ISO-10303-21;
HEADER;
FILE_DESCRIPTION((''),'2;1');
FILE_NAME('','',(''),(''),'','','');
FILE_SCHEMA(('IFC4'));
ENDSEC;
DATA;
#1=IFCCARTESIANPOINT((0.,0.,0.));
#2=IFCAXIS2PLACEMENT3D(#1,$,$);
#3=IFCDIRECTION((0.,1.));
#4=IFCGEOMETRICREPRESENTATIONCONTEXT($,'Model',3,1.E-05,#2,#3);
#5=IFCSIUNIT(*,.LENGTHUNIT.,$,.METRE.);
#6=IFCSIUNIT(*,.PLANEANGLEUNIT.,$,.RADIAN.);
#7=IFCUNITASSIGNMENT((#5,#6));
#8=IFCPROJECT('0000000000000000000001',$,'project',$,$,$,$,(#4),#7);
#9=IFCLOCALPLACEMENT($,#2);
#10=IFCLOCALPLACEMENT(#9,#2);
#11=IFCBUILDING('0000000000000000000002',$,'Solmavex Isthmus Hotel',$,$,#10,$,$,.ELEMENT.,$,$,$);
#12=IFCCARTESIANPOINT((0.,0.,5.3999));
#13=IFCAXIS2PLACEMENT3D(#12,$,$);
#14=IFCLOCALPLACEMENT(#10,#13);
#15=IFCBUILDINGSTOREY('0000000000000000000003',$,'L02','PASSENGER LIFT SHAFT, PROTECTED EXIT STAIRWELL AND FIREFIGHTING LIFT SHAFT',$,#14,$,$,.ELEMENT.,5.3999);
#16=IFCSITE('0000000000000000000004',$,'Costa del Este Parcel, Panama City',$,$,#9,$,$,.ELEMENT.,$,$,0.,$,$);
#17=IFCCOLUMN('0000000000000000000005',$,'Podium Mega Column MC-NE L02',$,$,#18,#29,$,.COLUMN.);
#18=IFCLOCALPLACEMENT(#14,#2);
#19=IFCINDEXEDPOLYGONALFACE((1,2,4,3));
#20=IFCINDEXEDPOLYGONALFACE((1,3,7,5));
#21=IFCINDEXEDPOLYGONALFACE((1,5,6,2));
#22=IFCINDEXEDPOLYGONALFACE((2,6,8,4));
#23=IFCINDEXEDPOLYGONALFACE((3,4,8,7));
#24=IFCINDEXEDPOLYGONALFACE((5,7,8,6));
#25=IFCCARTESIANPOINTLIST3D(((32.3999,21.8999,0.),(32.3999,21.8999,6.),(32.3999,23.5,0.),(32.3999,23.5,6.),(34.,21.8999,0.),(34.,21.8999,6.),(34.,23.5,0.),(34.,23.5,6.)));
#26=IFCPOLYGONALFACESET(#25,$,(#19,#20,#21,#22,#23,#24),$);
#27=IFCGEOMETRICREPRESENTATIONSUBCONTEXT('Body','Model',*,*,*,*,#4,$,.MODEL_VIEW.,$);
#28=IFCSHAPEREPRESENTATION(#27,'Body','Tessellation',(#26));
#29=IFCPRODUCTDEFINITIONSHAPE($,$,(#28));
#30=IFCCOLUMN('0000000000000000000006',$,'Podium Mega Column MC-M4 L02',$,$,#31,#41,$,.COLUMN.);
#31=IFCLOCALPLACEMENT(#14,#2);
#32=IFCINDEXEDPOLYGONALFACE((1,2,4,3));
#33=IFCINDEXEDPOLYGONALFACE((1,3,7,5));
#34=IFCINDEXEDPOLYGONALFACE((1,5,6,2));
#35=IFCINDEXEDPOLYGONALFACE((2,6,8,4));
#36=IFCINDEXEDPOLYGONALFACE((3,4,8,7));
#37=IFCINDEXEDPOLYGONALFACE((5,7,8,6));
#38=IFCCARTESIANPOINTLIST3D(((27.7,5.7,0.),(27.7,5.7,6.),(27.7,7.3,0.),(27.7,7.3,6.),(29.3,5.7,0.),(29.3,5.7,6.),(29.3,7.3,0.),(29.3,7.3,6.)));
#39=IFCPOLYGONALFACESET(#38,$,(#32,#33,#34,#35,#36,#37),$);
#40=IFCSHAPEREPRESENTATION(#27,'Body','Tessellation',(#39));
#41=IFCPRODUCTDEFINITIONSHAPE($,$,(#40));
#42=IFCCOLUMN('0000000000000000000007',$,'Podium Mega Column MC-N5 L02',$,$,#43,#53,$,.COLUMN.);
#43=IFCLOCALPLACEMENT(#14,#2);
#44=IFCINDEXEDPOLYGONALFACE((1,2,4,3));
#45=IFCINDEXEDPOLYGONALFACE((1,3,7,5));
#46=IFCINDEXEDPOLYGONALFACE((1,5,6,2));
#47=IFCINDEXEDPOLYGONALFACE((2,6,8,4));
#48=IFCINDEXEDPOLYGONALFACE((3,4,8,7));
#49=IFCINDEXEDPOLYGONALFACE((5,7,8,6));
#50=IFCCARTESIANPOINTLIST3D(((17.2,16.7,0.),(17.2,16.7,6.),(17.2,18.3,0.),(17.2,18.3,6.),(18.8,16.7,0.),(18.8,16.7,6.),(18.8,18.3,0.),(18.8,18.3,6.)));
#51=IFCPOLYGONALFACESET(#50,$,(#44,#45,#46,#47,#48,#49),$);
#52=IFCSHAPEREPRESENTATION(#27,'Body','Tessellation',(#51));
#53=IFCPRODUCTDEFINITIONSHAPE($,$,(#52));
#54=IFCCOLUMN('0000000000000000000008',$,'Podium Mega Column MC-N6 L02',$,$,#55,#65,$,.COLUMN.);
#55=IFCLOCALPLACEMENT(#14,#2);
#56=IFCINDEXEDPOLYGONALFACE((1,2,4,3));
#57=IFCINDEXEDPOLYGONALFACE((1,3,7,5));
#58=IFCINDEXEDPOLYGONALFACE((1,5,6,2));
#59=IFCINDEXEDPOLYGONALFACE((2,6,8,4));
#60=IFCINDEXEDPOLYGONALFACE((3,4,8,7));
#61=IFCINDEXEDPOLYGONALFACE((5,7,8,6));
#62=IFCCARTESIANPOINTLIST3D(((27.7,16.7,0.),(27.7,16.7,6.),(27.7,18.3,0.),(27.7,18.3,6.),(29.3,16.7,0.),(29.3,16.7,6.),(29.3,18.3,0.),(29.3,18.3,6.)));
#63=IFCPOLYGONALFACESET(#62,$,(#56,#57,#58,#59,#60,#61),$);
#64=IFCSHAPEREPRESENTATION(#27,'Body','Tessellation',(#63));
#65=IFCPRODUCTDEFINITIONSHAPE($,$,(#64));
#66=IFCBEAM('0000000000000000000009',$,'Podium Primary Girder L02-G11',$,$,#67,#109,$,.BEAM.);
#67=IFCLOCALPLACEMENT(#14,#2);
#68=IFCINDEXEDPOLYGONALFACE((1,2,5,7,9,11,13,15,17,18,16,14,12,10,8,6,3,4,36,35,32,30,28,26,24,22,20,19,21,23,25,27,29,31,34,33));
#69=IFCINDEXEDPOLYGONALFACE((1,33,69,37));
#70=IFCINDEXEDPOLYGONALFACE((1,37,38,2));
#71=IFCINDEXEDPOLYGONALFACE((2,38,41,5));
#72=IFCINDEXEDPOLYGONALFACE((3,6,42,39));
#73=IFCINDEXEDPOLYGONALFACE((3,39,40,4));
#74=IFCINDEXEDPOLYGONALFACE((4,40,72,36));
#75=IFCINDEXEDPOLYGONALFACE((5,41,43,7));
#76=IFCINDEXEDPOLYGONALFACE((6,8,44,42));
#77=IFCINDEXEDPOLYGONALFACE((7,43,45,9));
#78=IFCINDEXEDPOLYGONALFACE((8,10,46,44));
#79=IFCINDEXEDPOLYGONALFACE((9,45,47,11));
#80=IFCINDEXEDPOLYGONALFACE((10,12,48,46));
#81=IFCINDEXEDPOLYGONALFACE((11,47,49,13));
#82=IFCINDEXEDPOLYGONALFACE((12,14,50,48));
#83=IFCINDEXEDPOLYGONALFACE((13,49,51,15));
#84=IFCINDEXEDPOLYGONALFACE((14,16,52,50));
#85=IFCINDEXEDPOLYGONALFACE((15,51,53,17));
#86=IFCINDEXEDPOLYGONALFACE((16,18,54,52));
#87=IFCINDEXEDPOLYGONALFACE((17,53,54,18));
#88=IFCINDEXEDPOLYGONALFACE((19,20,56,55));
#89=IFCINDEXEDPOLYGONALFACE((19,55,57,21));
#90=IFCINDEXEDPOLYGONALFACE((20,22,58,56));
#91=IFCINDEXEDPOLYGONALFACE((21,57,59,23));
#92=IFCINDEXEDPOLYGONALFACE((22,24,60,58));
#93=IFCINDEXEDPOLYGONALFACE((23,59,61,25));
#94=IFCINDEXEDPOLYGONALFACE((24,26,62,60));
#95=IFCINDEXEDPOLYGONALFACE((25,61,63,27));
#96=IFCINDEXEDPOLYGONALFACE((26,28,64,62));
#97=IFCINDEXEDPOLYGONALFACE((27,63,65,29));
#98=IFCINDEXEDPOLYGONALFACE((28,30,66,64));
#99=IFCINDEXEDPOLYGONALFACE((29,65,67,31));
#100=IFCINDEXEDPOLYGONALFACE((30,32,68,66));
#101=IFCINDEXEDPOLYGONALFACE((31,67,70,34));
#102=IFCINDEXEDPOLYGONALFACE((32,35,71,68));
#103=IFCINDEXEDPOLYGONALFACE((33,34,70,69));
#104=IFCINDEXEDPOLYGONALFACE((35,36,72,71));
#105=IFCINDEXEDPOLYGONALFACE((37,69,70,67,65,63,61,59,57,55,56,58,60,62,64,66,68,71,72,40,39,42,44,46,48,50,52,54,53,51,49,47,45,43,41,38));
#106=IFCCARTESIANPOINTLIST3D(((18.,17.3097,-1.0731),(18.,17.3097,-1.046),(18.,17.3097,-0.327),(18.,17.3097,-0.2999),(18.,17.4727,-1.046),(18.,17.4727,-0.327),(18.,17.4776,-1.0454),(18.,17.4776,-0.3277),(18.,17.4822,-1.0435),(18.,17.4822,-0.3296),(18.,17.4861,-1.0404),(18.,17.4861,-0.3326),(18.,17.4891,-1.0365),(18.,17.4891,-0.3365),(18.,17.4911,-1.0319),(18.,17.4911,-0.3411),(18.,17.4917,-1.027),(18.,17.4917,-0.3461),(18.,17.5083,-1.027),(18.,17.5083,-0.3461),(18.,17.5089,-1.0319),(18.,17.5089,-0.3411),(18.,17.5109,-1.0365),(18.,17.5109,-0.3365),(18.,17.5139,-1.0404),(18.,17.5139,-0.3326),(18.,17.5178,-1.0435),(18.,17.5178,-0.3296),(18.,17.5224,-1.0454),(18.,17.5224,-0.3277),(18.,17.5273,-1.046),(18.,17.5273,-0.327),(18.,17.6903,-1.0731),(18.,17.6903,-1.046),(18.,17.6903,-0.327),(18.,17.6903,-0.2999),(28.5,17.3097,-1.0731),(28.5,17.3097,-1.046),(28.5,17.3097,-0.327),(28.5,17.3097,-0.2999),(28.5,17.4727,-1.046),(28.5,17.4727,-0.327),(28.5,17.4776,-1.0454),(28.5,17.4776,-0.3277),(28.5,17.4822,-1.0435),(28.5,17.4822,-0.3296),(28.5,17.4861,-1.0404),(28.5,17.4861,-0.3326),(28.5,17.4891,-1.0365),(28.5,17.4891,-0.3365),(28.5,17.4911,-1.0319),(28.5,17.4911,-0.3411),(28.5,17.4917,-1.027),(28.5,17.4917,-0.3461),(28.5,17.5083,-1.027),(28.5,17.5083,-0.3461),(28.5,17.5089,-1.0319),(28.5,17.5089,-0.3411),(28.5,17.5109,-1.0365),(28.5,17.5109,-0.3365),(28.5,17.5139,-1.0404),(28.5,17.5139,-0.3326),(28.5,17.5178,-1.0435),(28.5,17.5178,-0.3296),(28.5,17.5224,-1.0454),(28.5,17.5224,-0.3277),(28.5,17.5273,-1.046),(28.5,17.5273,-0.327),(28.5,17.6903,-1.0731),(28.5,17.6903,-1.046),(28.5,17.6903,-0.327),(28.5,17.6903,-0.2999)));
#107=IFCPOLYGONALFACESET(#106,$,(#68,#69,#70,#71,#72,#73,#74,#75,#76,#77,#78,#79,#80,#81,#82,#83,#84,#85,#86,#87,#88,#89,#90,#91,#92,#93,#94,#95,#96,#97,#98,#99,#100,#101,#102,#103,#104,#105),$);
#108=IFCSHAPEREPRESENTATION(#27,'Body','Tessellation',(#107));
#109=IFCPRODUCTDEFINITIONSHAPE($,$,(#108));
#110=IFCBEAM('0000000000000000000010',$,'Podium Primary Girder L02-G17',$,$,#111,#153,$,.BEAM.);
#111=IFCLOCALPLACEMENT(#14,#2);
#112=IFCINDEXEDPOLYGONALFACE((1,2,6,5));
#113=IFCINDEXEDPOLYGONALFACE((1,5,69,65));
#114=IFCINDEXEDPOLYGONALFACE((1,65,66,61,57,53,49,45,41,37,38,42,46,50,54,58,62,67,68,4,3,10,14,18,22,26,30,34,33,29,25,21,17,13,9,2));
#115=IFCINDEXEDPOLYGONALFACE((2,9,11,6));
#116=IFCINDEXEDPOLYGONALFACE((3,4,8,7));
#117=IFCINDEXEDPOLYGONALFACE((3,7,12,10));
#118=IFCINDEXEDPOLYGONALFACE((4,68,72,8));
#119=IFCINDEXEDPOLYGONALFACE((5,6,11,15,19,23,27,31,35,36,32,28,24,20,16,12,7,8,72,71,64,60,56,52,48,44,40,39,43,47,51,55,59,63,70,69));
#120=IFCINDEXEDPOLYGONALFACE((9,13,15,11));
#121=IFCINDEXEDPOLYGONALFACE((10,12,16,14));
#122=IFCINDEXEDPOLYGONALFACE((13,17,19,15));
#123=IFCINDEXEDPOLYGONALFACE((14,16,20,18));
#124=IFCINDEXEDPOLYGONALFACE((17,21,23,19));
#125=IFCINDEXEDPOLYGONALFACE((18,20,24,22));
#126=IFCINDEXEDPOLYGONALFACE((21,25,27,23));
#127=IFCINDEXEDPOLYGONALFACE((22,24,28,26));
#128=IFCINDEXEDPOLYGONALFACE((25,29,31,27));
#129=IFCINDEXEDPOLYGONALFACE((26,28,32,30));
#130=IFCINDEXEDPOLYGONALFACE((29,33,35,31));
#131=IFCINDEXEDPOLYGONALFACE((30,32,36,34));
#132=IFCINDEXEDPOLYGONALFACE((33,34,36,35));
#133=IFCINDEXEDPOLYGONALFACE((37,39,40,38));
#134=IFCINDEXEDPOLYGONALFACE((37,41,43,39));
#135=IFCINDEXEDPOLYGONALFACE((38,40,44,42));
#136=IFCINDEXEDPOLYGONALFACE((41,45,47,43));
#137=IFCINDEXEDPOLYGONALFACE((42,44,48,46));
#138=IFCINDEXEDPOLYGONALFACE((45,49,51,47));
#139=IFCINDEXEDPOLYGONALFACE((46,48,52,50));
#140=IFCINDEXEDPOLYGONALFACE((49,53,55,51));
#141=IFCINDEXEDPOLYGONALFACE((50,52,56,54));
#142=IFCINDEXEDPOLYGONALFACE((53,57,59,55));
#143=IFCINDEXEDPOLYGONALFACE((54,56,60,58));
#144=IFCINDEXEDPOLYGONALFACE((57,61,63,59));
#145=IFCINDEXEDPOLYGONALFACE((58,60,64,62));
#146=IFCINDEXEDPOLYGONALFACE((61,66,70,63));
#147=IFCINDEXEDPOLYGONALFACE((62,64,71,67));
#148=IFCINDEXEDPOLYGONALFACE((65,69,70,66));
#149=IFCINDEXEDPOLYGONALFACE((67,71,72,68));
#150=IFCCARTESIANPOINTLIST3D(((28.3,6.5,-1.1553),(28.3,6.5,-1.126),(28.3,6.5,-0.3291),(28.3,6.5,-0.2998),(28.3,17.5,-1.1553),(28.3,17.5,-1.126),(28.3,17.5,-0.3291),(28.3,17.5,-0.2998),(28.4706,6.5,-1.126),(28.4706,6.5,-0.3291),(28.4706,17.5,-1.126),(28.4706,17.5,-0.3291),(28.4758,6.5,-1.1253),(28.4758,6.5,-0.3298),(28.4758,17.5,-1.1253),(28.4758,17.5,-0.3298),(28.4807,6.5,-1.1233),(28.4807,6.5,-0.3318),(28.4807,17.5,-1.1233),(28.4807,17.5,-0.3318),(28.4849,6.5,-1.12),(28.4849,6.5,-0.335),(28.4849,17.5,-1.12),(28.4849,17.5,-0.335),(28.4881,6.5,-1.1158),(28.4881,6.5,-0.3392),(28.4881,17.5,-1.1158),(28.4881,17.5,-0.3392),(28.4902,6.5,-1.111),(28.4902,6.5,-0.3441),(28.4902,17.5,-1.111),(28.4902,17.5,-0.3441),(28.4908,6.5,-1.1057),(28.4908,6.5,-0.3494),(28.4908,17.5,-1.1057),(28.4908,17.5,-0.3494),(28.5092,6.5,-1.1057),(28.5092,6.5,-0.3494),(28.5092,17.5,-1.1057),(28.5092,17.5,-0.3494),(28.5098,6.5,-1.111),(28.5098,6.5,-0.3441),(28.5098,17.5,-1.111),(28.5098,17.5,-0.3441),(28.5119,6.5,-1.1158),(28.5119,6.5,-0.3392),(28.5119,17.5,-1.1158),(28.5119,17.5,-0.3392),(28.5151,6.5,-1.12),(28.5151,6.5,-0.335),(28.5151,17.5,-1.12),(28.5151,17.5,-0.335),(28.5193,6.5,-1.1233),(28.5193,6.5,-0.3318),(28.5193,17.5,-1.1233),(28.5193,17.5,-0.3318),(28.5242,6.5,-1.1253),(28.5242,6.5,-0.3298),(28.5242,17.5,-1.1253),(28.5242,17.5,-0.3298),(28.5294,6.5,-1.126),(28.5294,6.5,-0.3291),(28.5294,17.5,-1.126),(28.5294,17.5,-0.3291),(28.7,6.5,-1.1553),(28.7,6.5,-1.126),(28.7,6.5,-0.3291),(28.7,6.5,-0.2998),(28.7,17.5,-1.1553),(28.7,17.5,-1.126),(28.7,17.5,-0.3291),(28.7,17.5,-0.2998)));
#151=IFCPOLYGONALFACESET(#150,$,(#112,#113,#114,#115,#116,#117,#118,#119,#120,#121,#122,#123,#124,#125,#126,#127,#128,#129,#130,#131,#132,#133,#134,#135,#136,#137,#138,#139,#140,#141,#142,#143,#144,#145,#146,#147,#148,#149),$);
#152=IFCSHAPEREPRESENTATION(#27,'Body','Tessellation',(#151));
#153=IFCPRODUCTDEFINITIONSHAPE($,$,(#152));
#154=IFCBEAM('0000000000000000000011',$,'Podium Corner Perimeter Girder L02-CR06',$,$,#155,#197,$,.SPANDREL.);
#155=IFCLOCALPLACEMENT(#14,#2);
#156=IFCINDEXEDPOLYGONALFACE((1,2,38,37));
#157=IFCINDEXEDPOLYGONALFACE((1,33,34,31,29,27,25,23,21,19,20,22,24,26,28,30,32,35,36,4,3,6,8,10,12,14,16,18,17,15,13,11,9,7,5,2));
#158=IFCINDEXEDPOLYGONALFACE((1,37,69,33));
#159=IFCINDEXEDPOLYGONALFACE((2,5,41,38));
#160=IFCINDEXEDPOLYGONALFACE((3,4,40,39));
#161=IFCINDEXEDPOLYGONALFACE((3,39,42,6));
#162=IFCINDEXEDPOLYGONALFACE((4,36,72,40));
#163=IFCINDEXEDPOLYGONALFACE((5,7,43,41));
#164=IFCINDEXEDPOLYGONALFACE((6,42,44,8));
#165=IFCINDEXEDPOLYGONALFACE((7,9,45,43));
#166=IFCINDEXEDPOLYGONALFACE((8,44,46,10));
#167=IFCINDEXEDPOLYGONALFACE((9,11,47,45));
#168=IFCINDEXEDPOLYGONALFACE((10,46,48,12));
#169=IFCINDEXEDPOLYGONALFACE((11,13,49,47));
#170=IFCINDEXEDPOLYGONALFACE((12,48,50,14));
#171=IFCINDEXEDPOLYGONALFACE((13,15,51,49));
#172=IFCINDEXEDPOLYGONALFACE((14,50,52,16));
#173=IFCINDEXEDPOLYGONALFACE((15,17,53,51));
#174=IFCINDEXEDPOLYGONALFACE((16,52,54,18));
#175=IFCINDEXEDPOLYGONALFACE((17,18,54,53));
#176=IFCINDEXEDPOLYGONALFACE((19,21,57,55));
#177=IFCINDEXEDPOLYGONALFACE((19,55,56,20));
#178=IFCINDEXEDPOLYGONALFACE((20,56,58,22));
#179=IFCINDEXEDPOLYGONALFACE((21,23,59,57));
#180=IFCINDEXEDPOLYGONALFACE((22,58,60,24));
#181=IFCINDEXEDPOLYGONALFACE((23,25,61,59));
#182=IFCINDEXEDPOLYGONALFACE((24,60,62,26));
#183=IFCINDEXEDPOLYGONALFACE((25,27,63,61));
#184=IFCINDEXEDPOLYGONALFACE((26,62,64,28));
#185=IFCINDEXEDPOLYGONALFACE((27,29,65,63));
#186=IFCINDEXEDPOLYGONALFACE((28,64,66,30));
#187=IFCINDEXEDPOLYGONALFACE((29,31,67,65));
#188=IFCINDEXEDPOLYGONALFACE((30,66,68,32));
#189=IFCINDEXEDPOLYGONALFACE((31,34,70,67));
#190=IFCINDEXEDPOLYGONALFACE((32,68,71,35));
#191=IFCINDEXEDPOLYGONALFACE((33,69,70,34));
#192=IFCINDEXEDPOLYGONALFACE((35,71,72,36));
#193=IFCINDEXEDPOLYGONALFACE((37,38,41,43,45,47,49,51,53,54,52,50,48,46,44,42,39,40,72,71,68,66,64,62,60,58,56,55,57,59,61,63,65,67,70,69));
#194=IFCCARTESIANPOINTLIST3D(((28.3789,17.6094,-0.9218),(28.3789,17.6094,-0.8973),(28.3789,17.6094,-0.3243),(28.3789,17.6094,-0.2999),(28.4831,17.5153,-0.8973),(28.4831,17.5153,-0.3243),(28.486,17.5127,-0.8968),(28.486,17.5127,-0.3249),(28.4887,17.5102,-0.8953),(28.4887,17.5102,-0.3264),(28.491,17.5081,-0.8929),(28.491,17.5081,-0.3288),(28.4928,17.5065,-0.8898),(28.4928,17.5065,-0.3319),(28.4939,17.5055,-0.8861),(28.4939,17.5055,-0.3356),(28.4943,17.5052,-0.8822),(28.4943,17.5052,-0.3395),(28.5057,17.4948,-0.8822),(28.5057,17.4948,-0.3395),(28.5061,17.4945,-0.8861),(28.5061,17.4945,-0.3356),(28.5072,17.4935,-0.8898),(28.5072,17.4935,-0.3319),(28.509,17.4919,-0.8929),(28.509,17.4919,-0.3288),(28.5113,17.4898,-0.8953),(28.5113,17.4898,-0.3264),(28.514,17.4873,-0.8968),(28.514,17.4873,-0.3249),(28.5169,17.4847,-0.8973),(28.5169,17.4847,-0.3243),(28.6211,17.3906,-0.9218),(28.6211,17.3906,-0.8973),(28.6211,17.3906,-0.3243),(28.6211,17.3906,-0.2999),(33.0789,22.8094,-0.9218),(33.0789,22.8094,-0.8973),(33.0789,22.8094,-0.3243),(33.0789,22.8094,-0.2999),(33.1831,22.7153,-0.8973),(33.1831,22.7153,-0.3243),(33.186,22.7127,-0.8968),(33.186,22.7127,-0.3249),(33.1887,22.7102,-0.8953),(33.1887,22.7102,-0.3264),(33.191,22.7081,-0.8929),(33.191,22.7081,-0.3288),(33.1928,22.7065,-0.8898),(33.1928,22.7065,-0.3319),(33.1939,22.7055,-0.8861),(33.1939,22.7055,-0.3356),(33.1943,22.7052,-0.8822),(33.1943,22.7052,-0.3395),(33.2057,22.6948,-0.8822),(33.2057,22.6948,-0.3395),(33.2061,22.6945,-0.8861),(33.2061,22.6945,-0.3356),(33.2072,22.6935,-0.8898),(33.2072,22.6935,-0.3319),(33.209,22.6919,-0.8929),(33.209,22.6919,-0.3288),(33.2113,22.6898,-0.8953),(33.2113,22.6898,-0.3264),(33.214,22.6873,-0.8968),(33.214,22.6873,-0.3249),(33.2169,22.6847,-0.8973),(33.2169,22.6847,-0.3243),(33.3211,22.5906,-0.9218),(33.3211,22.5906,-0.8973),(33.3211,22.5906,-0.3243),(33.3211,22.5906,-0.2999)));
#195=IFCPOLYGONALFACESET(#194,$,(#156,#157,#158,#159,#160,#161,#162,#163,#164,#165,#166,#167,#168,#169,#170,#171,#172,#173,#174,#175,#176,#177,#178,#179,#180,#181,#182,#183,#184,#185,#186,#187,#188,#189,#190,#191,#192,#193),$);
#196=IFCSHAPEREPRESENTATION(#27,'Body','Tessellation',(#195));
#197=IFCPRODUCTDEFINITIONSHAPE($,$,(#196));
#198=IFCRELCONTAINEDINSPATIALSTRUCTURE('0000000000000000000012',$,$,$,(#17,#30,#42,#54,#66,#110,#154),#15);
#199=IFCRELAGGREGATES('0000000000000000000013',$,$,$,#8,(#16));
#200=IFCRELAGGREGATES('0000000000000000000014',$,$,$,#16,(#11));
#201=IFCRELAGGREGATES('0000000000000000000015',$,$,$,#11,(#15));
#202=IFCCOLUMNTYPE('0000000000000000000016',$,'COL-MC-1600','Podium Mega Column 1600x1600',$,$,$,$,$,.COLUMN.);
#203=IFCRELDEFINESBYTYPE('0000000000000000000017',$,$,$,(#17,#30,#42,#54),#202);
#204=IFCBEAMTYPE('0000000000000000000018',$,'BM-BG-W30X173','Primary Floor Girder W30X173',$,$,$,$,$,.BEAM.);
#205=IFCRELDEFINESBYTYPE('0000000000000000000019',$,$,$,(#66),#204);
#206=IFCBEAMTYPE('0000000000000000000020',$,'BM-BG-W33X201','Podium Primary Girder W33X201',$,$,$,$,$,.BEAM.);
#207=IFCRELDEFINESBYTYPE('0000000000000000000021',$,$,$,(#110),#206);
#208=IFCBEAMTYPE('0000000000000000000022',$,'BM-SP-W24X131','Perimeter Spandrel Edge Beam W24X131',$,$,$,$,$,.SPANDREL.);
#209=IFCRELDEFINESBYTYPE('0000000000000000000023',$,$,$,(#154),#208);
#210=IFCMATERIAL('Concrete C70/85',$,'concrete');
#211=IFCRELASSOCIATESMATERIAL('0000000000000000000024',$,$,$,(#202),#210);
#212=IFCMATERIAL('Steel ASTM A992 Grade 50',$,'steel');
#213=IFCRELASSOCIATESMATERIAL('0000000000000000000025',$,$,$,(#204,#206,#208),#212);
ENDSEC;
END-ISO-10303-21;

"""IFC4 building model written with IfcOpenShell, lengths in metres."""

from ifc_helpers import new_model, si_unit, direction, frame, origin, origin_2d, place, context, subcontext, project, spatial, rectangle, i_section, extrude, material, material_profile, profile_set, type_object, element, save


model = new_model("IFC4")

# Units and contexts
model_context = context("Model", 3, precision=1e-05, world=origin(), true_north=direction((0.0, 1.0)))
body_context = subcontext(model_context, "Body", "Model", "MODEL_VIEW")
ifc_project = project(units=[si_unit("LENGTHUNIT", "METRE"), si_unit("PLANEANGLEUNIT", "RADIAN")], contexts=[model_context])

# Site, building, storey
site_placement = place(None, origin())
site = spatial("IfcSite", under=ifc_project, at=site_placement, Name="Costa del Este Parcel, Panama City", CompositionType="ELEMENT", RefElevation=0.0)
building_placement = place(site_placement, origin())
building = spatial("IfcBuilding", under=site, at=building_placement, Name="Solmavex Isthmus Hotel", CompositionType="ELEMENT")
storey_placement = place(building_placement, frame((0.0, 0.0, 5.3999)))
storey = spatial("IfcBuildingStorey", under=building, at=storey_placement, Name="L02", Description="PASSENGER LIFT SHAFT, PROTECTED EXIT STAIRWELL AND FIREFIGHTING LIFT SHAFT", CompositionType="ELEMENT", Elevation=5.3999)

# Columns
ifc_material_1 = material(Name="Concrete C70/85", Category="concrete")
ifc_material_profile_1 = material_profile(ifc_material_1, rectangle(XDim=1.6001, YDim=1.6001, at=origin_2d()), Name="RC1600X1600")
ifc_profile_set_1 = profile_set([ifc_material_profile_1], Name="Concrete C70/85")
column_type = type_object("IfcColumnType", Name="COL-MC-1600", Description="Podium Mega Column 1600x1600", PredefinedType="COLUMN", material=ifc_profile_set_1)
for number, where, z_axis, x_axis, name in (
    (1, (33.2, 22.7, 0.0), (0.0, 0.0, 1.0), (1.0, 0.0, 0.0), "Podium Mega Column MC-NE L02"),
    (2, (28.5, 6.5, 0.0), (0.0, 0.0, 1.0), (1.0, 0.0, 0.0), "Podium Mega Column MC-M4 L02"),
    (3, (18.0, 17.5, 0.0), (0.0, 0.0, 1.0), (1.0, 0.0, 0.0), "Podium Mega Column MC-N5 L02"),
    (4, (28.5, 17.5, 0.0), (0.0, 0.0, 1.0), (1.0, 0.0, 0.0), "Podium Mega Column MC-N6 L02"),
):
    element("IfcColumn", number, at=place(storey_placement, frame(where, z_axis=z_axis, x_axis=x_axis)), inside=storey, type_object=column_type, Name=name, PredefinedType="COLUMN", context=body_context, shape_type="SweptSolid", body=[
        extrude(rectangle(XDim=1.6001, YDim=1.6001, at=origin_2d()), origin(), (0.0, 0.0, 1.0), 6.0),
    ])

# Beams
ifc_material_2 = material(Name="Steel ASTM A992 Grade 50", Category="steel")
ifc_material_profile_2 = material_profile(ifc_material_2, i_section(OverallWidth=0.3806, OverallDepth=0.7732, WebThickness=0.0166, FlangeThickness=0.0271, FilletRadius=0.019, at=origin_2d()), Name="W30X173")
ifc_profile_set_2 = profile_set([ifc_material_profile_2], Name="Steel ASTM A992 Grade 50")
beam_type_1 = type_object("IfcBeamType", Name="BM-BG-W30X173", Description="Primary Floor Girder W30X173", PredefinedType="BEAM", material=ifc_profile_set_2)
beam_1_placement = place(storey_placement, frame((18.0, 17.5, -0.6865), z_axis=(1.0, 0.0, 0.0), x_axis=(0.0, 1.0, 0.0)))
element("IfcBeam", 5, at=beam_1_placement, inside=storey, type_object=beam_type_1, Name="Podium Primary Girder L02-G11", PredefinedType="BEAM", context=body_context, shape_type="SweptSolid", body=[
    extrude(i_section(OverallWidth=0.3806, OverallDepth=0.7732, WebThickness=0.0166, FlangeThickness=0.0271, FilletRadius=0.019, at=origin_2d()), origin(), (0.0, 0.0, 1.0), 10.5),
])
ifc_material_profile_3 = material_profile(ifc_material_2, i_section(OverallWidth=0.3999, OverallDepth=0.8555, WebThickness=0.0183, FlangeThickness=0.0293, FilletRadius=0.0203, at=origin_2d()), Name="W33X201")
ifc_profile_set_3 = profile_set([ifc_material_profile_3], Name="Steel ASTM A992 Grade 50")
beam_type_2 = type_object("IfcBeamType", Name="BM-BG-W33X201", Description="Podium Primary Girder W33X201", PredefinedType="BEAM", material=ifc_profile_set_3)
beam_2_placement = place(storey_placement, frame((28.5, 6.5, -0.7275), z_axis=(0.0, 1.0, 0.0), x_axis=(-1.0, 0.0, 0.0)))
element("IfcBeam", 6, at=beam_2_placement, inside=storey, type_object=beam_type_2, Name="Podium Primary Girder L02-G17", PredefinedType="BEAM", context=body_context, shape_type="SweptSolid", body=[
    extrude(i_section(OverallWidth=0.3999, OverallDepth=0.8555, WebThickness=0.0183, FlangeThickness=0.0293, FilletRadius=0.0203, at=origin_2d()), origin(), (0.0, 0.0, 1.0), 11.0),
])
ifc_material_profile_4 = material_profile(ifc_material_2, i_section(OverallWidth=0.3264, OverallDepth=0.6218, WebThickness=0.0154, FlangeThickness=0.0244, FilletRadius=0.0151, at=origin_2d()), Name="W24X131")
ifc_profile_set_4 = profile_set([ifc_material_profile_4], Name="Steel ASTM A992 Grade 50")
beam_type_3 = type_object("IfcBeamType", Name="BM-SP-W24X131", Description="Perimeter Spandrel Edge Beam W24X131", PredefinedType="SPANDREL", material=ifc_profile_set_4)
beam_3_placement = place(storey_placement, frame((28.5, 17.5, -0.6108), z_axis=(0.670539, 0.741874, 0.0), x_axis=(-0.741874, 0.670539, 0.0)))
element("IfcBeam", 7, at=beam_3_placement, inside=storey, type_object=beam_type_3, Name="Podium Corner Perimeter Girder L02-CR06", PredefinedType="SPANDREL", context=body_context, shape_type="SweptSolid", body=[
    extrude(i_section(OverallWidth=0.3264, OverallDepth=0.6218, WebThickness=0.0154, FlangeThickness=0.0244, FilletRadius=0.0151, at=origin_2d()), origin(), (0.0, 0.0, 1.0), 7.0093),
])

save(model, "model.ifc")
